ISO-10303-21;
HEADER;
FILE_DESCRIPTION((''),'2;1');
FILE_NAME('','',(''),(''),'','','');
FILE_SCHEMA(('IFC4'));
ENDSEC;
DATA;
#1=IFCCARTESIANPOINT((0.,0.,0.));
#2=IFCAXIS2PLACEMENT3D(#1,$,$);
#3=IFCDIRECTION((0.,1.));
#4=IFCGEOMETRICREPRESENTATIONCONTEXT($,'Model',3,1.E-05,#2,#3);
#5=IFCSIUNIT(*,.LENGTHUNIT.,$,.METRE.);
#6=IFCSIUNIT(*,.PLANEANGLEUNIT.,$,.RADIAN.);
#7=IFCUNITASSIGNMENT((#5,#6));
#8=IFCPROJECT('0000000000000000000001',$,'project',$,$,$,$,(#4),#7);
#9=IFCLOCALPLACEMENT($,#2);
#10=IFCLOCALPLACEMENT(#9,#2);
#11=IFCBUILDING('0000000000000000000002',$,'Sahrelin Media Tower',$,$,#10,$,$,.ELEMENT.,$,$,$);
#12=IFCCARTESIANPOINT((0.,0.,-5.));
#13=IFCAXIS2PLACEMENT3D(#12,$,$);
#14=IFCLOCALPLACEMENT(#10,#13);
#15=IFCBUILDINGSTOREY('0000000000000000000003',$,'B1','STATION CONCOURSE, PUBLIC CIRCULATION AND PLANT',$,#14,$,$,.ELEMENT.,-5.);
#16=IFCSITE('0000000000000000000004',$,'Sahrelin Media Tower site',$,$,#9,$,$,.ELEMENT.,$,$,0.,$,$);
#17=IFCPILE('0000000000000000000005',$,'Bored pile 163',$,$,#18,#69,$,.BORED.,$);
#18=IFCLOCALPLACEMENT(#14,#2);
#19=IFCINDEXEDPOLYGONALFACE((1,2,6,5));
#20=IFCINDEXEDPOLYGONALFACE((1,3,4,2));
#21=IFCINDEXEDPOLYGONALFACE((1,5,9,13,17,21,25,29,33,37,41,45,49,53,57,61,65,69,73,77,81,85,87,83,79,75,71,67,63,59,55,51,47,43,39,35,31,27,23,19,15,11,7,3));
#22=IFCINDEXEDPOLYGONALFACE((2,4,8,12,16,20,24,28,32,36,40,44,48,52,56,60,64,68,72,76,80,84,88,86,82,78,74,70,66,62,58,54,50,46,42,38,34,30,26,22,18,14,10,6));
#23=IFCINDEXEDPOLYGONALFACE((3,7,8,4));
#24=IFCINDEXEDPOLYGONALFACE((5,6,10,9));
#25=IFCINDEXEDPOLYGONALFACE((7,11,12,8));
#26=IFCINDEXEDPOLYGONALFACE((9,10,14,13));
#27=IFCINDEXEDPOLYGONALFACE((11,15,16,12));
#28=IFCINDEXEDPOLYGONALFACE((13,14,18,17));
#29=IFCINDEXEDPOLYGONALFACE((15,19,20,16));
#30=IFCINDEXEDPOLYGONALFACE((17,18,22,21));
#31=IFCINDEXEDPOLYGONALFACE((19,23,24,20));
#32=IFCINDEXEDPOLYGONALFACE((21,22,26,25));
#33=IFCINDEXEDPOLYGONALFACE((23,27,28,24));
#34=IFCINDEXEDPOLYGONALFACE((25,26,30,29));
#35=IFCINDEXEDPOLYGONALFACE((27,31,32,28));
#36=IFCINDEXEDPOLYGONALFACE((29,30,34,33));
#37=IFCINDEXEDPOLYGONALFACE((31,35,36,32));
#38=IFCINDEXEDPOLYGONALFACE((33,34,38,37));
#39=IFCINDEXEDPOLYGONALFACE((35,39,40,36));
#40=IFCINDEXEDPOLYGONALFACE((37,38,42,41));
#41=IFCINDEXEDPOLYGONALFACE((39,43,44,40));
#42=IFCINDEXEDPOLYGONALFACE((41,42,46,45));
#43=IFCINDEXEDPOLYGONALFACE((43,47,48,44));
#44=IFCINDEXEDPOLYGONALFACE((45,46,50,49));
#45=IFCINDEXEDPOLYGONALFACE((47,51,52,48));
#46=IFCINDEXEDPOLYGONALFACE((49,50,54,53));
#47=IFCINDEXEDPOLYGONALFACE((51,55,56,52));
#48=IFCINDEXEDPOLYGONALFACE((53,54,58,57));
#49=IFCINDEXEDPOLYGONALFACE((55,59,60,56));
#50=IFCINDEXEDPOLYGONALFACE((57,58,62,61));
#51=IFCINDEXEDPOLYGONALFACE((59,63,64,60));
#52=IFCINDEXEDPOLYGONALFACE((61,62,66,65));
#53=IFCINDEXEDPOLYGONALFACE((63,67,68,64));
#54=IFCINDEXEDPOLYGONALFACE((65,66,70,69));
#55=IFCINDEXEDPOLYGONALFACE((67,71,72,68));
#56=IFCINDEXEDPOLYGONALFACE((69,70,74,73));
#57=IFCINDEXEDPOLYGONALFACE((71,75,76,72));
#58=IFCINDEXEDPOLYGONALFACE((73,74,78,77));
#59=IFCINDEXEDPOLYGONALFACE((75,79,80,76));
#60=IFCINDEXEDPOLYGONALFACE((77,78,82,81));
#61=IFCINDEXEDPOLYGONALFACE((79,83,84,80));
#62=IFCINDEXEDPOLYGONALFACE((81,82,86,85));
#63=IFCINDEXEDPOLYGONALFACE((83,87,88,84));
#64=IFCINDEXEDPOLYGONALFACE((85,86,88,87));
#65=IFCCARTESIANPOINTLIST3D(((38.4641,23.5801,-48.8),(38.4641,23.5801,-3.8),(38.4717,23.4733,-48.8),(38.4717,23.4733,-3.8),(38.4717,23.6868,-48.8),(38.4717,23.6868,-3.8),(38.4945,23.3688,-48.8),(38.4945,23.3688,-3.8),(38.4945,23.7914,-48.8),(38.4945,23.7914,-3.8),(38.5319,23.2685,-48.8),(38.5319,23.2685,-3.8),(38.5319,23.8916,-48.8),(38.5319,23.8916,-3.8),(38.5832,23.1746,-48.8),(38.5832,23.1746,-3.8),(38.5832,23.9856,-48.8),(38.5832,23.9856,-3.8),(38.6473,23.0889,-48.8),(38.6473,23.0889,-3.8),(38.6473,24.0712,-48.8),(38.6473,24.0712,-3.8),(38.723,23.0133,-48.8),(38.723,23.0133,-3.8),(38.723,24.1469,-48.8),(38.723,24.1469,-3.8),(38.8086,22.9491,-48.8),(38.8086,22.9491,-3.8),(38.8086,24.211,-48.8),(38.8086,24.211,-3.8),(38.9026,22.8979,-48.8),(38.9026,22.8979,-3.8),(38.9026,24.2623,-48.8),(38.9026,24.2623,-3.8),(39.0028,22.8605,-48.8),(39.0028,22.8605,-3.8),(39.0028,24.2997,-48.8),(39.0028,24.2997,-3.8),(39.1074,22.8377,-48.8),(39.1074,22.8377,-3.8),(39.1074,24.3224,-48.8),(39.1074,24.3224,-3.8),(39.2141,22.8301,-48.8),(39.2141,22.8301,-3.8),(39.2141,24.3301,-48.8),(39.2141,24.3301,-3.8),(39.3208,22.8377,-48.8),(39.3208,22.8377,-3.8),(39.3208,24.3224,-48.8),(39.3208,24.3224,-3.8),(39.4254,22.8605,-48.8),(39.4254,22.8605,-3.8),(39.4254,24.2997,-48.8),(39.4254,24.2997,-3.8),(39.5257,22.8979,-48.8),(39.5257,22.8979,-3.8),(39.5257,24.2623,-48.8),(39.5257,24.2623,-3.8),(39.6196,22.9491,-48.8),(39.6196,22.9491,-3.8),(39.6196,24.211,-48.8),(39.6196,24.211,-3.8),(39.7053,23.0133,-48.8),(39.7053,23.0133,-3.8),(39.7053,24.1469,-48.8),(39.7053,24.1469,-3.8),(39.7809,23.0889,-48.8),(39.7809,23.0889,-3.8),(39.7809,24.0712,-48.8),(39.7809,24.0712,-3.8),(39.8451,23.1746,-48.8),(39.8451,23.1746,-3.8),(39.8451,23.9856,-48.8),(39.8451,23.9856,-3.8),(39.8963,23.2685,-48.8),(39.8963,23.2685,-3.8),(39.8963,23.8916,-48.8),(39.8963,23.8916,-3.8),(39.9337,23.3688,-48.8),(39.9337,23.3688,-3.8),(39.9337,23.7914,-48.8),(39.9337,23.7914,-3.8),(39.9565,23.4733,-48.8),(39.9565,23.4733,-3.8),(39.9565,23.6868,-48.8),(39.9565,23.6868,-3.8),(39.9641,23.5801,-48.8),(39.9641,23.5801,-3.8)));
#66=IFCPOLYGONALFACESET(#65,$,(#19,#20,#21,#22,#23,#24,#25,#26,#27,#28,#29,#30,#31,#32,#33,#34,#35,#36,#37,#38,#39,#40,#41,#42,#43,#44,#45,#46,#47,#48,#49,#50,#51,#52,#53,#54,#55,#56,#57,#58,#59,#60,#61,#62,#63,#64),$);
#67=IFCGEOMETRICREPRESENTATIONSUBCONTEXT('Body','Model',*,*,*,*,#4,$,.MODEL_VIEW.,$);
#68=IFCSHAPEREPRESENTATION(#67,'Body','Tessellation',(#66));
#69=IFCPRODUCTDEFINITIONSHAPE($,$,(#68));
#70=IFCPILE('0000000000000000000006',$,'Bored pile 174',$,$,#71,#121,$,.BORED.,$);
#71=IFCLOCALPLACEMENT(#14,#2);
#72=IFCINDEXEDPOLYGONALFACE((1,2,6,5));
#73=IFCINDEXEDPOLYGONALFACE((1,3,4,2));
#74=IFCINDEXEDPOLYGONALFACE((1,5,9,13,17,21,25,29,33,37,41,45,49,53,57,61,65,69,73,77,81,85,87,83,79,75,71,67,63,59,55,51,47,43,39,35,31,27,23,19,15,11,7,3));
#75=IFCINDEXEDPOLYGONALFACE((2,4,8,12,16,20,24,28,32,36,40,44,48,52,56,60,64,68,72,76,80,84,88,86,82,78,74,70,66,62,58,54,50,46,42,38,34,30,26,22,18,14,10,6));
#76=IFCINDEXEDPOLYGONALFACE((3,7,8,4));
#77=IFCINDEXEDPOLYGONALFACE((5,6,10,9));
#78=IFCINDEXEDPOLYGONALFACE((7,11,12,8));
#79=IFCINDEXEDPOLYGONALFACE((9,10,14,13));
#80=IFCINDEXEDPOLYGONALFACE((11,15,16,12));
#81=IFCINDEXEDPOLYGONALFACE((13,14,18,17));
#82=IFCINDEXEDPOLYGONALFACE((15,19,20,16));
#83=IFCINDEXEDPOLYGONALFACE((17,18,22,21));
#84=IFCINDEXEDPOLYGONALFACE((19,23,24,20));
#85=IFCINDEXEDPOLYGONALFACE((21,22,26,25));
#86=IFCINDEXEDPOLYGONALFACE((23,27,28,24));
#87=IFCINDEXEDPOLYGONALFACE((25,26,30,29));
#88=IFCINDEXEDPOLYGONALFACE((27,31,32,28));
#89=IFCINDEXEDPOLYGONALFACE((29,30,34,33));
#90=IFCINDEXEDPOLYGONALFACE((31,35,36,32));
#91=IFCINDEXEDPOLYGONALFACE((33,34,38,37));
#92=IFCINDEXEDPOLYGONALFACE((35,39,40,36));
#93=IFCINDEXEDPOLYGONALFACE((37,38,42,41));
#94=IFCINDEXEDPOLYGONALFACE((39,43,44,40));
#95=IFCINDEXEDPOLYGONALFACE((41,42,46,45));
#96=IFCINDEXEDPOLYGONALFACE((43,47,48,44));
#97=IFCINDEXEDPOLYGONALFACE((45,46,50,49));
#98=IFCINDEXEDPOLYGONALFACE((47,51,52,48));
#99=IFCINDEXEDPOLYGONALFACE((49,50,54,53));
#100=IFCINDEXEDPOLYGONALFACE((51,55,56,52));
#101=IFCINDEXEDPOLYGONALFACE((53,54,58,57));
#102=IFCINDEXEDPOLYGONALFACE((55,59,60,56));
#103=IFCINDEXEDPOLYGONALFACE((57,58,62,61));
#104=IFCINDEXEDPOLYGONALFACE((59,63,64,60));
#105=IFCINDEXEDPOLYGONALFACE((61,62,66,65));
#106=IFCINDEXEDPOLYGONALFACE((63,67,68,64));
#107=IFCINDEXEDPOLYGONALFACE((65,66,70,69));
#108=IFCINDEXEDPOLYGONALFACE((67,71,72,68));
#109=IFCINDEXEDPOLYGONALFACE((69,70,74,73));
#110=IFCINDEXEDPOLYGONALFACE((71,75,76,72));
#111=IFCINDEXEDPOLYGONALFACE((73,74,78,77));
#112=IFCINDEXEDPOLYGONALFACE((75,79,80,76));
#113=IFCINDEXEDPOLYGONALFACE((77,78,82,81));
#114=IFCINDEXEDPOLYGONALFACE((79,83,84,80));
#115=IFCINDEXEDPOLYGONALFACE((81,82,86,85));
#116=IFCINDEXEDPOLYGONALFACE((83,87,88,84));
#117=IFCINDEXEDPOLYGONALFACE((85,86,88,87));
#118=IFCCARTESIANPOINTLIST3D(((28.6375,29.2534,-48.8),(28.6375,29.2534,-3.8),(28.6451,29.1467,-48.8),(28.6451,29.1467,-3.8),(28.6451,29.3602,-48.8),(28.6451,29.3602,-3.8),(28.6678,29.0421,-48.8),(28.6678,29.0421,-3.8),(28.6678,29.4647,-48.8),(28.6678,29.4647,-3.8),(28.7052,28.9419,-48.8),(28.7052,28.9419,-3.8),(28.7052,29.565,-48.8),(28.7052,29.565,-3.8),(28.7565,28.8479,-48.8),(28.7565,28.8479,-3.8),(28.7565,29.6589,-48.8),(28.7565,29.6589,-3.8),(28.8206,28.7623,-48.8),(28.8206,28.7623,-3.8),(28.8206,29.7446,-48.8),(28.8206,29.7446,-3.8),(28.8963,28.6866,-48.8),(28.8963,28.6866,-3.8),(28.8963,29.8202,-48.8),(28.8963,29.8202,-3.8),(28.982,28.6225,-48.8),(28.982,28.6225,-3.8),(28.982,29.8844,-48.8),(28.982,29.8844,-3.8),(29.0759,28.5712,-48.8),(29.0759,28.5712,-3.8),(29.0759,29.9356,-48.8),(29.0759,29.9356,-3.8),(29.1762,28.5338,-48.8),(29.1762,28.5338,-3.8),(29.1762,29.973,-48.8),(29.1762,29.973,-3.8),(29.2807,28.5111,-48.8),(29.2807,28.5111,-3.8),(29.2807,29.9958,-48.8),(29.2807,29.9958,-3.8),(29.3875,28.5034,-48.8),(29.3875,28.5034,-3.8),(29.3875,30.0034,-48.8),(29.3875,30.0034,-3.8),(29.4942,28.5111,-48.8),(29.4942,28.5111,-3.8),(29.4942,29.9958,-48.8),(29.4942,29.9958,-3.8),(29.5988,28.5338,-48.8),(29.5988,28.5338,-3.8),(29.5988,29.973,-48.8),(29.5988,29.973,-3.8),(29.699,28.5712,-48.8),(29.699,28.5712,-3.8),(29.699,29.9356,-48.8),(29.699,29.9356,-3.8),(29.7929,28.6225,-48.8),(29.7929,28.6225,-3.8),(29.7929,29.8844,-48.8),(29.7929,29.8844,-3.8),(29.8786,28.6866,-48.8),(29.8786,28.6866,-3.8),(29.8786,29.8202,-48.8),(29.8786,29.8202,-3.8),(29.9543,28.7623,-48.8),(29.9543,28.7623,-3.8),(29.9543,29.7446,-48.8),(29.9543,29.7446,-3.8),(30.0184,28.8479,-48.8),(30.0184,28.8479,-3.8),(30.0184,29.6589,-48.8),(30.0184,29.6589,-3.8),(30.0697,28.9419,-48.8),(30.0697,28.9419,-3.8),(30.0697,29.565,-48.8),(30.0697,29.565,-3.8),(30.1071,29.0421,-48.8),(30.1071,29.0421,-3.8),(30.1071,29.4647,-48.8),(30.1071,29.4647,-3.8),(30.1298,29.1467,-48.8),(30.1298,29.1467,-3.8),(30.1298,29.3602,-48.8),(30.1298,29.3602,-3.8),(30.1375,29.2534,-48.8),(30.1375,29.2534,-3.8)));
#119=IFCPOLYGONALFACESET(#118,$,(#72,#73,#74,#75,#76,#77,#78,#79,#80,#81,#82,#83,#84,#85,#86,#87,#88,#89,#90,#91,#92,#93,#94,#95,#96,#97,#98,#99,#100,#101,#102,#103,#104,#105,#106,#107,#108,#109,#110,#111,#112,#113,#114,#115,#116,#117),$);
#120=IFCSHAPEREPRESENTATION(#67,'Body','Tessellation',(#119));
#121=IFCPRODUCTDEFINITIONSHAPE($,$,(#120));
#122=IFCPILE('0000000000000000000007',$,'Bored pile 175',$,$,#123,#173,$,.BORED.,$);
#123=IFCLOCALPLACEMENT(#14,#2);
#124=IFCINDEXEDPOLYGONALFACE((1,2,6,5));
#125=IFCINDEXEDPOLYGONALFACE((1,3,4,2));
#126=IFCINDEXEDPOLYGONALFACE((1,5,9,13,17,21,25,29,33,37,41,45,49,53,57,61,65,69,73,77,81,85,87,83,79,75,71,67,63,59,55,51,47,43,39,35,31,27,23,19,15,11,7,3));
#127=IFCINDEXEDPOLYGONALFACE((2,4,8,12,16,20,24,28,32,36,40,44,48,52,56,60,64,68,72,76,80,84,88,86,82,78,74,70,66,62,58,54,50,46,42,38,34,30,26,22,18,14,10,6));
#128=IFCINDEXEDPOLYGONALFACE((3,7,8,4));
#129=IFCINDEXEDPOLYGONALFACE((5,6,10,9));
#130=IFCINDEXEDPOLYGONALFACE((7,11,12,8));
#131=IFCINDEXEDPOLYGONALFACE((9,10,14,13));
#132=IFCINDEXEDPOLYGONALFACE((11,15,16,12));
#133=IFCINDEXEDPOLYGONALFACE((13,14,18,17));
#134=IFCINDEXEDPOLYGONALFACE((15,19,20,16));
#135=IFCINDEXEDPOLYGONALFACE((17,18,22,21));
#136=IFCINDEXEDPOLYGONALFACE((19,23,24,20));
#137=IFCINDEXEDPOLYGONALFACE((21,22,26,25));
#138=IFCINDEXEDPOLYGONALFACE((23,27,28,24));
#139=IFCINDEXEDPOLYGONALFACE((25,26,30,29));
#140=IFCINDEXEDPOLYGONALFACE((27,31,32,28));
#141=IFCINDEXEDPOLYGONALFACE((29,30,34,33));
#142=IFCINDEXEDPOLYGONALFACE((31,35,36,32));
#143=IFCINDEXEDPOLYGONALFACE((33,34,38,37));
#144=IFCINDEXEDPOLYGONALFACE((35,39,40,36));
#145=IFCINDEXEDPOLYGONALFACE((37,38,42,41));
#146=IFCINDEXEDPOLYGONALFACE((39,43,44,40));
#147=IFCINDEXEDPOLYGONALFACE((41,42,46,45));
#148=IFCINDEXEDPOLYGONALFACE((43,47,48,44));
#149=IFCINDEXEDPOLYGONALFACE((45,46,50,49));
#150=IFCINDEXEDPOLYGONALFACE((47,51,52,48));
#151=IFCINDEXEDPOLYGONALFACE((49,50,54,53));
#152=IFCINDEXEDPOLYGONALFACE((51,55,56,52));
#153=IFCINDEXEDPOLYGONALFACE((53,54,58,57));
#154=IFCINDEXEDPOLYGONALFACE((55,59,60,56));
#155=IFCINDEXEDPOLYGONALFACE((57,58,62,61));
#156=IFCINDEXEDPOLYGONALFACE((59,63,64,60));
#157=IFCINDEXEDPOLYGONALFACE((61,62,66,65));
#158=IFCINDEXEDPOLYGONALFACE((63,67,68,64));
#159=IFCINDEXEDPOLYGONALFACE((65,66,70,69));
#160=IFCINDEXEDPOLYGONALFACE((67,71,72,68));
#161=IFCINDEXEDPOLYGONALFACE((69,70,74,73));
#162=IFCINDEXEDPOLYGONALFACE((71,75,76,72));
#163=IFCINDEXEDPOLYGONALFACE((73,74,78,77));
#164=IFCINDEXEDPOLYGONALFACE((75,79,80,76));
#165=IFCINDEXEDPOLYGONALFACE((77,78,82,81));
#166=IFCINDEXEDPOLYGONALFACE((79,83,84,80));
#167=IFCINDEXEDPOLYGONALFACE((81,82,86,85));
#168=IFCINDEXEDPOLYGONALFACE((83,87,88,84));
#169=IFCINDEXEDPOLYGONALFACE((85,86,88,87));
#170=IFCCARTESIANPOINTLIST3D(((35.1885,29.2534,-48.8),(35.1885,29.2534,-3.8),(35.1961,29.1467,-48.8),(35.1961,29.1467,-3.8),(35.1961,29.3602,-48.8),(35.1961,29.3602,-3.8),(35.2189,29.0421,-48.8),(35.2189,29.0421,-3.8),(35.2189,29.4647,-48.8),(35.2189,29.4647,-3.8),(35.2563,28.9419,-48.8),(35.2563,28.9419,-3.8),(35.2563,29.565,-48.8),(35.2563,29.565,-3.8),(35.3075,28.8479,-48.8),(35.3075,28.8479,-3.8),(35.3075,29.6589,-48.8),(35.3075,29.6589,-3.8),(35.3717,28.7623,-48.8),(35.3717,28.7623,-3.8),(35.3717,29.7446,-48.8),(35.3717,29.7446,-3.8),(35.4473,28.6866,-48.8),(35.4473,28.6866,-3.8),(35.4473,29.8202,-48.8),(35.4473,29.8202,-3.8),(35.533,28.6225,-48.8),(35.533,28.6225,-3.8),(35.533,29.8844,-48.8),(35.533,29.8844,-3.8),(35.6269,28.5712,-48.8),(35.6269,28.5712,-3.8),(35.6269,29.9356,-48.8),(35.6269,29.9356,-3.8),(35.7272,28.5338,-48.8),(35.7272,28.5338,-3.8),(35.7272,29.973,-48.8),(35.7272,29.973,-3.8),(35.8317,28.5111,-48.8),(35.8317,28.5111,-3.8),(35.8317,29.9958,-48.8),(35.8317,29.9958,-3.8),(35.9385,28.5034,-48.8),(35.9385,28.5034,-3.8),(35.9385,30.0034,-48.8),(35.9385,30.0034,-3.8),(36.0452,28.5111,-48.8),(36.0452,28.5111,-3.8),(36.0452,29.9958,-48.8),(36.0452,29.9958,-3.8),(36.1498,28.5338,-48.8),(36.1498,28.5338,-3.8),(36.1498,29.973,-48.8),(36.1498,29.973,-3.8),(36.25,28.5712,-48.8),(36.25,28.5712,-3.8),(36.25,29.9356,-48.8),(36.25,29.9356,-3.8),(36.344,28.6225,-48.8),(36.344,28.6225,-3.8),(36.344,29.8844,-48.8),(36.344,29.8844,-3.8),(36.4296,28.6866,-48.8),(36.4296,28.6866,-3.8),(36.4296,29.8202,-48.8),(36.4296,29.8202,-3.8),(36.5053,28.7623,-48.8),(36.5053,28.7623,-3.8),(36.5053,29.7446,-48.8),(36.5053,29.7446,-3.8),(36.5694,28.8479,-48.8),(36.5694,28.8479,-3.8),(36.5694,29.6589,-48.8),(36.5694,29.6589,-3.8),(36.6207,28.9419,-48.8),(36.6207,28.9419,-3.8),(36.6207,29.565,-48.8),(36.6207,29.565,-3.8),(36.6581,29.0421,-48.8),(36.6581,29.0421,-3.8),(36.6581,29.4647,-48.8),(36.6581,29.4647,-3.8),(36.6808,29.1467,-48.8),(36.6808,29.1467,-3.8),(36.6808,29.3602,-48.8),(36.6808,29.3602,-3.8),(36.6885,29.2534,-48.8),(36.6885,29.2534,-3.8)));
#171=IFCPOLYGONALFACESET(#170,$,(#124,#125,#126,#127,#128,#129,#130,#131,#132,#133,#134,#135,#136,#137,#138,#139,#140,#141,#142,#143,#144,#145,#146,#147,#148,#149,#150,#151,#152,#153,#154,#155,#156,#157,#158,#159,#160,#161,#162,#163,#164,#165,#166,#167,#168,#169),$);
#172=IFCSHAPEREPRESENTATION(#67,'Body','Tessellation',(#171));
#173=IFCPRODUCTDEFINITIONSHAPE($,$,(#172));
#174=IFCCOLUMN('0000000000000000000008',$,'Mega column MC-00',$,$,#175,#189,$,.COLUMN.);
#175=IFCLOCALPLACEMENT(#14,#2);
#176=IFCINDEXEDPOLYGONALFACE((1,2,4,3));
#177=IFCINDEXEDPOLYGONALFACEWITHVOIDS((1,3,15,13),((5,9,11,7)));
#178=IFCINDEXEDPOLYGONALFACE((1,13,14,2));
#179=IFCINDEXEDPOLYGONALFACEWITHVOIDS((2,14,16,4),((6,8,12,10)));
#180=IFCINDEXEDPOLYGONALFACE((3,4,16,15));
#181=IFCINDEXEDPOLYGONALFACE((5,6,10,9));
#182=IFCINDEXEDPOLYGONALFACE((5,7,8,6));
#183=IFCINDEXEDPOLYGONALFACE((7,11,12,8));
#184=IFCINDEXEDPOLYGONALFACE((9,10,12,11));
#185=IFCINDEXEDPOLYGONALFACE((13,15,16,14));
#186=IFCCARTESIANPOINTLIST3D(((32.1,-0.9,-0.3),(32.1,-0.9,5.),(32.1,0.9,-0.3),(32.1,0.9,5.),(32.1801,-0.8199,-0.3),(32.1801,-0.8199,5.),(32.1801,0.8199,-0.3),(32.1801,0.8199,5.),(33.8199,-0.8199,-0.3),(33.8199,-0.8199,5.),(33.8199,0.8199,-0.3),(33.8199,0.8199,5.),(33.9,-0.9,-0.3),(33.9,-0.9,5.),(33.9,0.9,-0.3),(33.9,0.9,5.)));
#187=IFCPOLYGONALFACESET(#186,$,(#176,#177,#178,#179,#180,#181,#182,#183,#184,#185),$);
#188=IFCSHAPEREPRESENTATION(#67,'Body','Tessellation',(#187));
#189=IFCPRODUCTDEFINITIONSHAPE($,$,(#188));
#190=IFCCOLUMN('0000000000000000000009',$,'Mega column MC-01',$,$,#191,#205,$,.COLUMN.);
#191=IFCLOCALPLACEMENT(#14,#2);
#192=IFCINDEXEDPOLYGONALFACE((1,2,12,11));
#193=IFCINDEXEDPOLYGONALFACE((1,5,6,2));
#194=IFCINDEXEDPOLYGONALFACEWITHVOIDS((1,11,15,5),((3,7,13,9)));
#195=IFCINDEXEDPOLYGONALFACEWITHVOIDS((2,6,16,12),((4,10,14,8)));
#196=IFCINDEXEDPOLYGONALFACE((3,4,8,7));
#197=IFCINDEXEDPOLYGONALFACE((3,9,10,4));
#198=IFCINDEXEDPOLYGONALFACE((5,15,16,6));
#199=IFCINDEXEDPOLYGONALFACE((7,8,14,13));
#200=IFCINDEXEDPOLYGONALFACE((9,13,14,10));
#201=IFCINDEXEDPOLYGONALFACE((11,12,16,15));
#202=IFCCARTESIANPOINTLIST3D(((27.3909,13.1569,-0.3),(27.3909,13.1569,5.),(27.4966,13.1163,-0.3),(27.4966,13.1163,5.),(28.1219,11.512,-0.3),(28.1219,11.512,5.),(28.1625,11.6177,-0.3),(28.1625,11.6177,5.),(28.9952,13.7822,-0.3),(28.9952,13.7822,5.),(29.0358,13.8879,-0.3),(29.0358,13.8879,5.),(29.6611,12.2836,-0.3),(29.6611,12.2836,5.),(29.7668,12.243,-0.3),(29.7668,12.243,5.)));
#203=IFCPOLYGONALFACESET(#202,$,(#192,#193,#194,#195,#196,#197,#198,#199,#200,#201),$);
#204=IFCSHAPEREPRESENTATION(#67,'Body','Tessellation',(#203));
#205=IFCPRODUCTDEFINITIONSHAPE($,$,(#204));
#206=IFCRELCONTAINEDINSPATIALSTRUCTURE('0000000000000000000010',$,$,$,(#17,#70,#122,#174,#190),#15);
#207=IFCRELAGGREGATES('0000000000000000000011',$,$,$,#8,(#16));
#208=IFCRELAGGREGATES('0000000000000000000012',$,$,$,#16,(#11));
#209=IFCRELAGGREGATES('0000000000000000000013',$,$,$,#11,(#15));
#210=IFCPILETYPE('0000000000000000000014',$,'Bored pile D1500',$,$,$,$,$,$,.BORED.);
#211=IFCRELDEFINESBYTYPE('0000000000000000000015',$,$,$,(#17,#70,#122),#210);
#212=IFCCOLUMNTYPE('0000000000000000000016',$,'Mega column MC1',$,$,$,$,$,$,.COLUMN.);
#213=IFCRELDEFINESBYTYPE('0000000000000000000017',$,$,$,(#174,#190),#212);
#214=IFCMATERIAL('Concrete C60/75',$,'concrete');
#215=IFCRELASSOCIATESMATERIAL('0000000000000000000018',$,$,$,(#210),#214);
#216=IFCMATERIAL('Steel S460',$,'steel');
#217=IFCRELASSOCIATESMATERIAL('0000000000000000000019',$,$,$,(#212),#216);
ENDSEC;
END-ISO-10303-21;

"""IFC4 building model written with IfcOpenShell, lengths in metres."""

from ifc_helpers import new_model, si_unit, direction, frame, origin, origin_2d, place, context, subcontext, project, spatial, hollow_rectangle, circle, extrude, material, material_profile, profile_set, type_object, element, save


model = new_model("IFC4")

# Units and contexts
model_context = context("Model", 3, precision=1e-05, world=origin(), true_north=direction((0.0, 1.0)))
body_context = subcontext(model_context, "Body", "Model", "MODEL_VIEW")
ifc_project = project(units=[si_unit("LENGTHUNIT", "METRE"), si_unit("PLANEANGLEUNIT", "RADIAN")], contexts=[model_context])

# Site, building, storey
site_placement = place(None, origin())
site = spatial("IfcSite", under=ifc_project, at=site_placement, Name="Sahrelin Media Tower site", CompositionType="ELEMENT", RefElevation=0.0)
building_placement = place(site_placement, origin())
building = spatial("IfcBuilding", under=site, at=building_placement, Name="Sahrelin Media Tower", CompositionType="ELEMENT")
storey_placement = place(building_placement, frame((0.0, 0.0, -5.0)))
storey = spatial("IfcBuildingStorey", under=building, at=storey_placement, Name="B1", Description="STATION CONCOURSE, PUBLIC CIRCULATION AND PLANT", CompositionType="ELEMENT", Elevation=-5.0)

# Piles
ifc_material_1 = material(Name="Concrete C60/75", Category="concrete")
ifc_material_profile_1 = material_profile(ifc_material_1, circle(Radius=0.75, at=origin_2d()), Name="Bored pile D1500")
ifc_profile_set_1 = profile_set([ifc_material_profile_1], Name="Concrete C60/75")
pile_type = type_object("IfcPileType", Name="Bored pile D1500", PredefinedType="BORED", material=ifc_profile_set_1)
for number, where, z_axis, x_axis, name in (
    (1, (39.2141, 23.5801, -3.8), (0.0, 0.0, -1.0), (1.0, 0.0, 0.0), "Bored pile 163"),
    (2, (29.3875, 29.2534, -3.8), (0.0, 0.0, -1.0), (1.0, 0.0, 0.0), "Bored pile 174"),
    (3, (35.9385, 29.2534, -3.8), (0.0, 0.0, -1.0), (1.0, 0.0, 0.0), "Bored pile 175"),
):
    element("IfcPile", number, at=place(storey_placement, frame(where, z_axis=z_axis, x_axis=x_axis)), inside=storey, type_object=pile_type, Name=name, PredefinedType="BORED", context=body_context, shape_type="SweptSolid", body=[
        extrude(circle(Radius=0.75, at=origin_2d()), origin(), (0.0, 0.0, 1.0), 45.0),
    ])

# Columns
ifc_material_2 = material(Name="Steel S460", Category="steel")
ifc_material_profile_2 = material_profile(ifc_material_2, hollow_rectangle(XDim=1.8, YDim=1.8, WallThickness=0.0801, at=origin_2d()), Name="Mega column MC1")
ifc_profile_set_2 = profile_set([ifc_material_profile_2], Name="Steel S460")
column_type_1 = type_object("IfcColumnType", Name="Mega column MC1", PredefinedType="COLUMN", material=ifc_profile_set_2)
for number, where, z_axis, x_axis, name in (
    (4, (33.0, 0.0, -0.3), (0.0, 0.0, 1.0), (1.0, 0.0, 0.0), "Mega column MC-00"),
    (5, (28.5789, 12.7, -0.3), (0.0, 0.0, 1.0), (0.913831, 0.406094, 0.0), "Mega column MC-01"),
):
    element("IfcColumn", number, at=place(storey_placement, frame(where, z_axis=z_axis, x_axis=x_axis)), inside=storey, type_object=column_type_1, Name=name, PredefinedType="COLUMN", context=body_context, shape_type="SweptSolid", body=[
        extrude(hollow_rectangle(XDim=1.8, YDim=1.8, WallThickness=0.0801, at=origin_2d()), origin(), (0.0, 0.0, 1.0), 5.3),
    ])

save(model, "model.ifc")
